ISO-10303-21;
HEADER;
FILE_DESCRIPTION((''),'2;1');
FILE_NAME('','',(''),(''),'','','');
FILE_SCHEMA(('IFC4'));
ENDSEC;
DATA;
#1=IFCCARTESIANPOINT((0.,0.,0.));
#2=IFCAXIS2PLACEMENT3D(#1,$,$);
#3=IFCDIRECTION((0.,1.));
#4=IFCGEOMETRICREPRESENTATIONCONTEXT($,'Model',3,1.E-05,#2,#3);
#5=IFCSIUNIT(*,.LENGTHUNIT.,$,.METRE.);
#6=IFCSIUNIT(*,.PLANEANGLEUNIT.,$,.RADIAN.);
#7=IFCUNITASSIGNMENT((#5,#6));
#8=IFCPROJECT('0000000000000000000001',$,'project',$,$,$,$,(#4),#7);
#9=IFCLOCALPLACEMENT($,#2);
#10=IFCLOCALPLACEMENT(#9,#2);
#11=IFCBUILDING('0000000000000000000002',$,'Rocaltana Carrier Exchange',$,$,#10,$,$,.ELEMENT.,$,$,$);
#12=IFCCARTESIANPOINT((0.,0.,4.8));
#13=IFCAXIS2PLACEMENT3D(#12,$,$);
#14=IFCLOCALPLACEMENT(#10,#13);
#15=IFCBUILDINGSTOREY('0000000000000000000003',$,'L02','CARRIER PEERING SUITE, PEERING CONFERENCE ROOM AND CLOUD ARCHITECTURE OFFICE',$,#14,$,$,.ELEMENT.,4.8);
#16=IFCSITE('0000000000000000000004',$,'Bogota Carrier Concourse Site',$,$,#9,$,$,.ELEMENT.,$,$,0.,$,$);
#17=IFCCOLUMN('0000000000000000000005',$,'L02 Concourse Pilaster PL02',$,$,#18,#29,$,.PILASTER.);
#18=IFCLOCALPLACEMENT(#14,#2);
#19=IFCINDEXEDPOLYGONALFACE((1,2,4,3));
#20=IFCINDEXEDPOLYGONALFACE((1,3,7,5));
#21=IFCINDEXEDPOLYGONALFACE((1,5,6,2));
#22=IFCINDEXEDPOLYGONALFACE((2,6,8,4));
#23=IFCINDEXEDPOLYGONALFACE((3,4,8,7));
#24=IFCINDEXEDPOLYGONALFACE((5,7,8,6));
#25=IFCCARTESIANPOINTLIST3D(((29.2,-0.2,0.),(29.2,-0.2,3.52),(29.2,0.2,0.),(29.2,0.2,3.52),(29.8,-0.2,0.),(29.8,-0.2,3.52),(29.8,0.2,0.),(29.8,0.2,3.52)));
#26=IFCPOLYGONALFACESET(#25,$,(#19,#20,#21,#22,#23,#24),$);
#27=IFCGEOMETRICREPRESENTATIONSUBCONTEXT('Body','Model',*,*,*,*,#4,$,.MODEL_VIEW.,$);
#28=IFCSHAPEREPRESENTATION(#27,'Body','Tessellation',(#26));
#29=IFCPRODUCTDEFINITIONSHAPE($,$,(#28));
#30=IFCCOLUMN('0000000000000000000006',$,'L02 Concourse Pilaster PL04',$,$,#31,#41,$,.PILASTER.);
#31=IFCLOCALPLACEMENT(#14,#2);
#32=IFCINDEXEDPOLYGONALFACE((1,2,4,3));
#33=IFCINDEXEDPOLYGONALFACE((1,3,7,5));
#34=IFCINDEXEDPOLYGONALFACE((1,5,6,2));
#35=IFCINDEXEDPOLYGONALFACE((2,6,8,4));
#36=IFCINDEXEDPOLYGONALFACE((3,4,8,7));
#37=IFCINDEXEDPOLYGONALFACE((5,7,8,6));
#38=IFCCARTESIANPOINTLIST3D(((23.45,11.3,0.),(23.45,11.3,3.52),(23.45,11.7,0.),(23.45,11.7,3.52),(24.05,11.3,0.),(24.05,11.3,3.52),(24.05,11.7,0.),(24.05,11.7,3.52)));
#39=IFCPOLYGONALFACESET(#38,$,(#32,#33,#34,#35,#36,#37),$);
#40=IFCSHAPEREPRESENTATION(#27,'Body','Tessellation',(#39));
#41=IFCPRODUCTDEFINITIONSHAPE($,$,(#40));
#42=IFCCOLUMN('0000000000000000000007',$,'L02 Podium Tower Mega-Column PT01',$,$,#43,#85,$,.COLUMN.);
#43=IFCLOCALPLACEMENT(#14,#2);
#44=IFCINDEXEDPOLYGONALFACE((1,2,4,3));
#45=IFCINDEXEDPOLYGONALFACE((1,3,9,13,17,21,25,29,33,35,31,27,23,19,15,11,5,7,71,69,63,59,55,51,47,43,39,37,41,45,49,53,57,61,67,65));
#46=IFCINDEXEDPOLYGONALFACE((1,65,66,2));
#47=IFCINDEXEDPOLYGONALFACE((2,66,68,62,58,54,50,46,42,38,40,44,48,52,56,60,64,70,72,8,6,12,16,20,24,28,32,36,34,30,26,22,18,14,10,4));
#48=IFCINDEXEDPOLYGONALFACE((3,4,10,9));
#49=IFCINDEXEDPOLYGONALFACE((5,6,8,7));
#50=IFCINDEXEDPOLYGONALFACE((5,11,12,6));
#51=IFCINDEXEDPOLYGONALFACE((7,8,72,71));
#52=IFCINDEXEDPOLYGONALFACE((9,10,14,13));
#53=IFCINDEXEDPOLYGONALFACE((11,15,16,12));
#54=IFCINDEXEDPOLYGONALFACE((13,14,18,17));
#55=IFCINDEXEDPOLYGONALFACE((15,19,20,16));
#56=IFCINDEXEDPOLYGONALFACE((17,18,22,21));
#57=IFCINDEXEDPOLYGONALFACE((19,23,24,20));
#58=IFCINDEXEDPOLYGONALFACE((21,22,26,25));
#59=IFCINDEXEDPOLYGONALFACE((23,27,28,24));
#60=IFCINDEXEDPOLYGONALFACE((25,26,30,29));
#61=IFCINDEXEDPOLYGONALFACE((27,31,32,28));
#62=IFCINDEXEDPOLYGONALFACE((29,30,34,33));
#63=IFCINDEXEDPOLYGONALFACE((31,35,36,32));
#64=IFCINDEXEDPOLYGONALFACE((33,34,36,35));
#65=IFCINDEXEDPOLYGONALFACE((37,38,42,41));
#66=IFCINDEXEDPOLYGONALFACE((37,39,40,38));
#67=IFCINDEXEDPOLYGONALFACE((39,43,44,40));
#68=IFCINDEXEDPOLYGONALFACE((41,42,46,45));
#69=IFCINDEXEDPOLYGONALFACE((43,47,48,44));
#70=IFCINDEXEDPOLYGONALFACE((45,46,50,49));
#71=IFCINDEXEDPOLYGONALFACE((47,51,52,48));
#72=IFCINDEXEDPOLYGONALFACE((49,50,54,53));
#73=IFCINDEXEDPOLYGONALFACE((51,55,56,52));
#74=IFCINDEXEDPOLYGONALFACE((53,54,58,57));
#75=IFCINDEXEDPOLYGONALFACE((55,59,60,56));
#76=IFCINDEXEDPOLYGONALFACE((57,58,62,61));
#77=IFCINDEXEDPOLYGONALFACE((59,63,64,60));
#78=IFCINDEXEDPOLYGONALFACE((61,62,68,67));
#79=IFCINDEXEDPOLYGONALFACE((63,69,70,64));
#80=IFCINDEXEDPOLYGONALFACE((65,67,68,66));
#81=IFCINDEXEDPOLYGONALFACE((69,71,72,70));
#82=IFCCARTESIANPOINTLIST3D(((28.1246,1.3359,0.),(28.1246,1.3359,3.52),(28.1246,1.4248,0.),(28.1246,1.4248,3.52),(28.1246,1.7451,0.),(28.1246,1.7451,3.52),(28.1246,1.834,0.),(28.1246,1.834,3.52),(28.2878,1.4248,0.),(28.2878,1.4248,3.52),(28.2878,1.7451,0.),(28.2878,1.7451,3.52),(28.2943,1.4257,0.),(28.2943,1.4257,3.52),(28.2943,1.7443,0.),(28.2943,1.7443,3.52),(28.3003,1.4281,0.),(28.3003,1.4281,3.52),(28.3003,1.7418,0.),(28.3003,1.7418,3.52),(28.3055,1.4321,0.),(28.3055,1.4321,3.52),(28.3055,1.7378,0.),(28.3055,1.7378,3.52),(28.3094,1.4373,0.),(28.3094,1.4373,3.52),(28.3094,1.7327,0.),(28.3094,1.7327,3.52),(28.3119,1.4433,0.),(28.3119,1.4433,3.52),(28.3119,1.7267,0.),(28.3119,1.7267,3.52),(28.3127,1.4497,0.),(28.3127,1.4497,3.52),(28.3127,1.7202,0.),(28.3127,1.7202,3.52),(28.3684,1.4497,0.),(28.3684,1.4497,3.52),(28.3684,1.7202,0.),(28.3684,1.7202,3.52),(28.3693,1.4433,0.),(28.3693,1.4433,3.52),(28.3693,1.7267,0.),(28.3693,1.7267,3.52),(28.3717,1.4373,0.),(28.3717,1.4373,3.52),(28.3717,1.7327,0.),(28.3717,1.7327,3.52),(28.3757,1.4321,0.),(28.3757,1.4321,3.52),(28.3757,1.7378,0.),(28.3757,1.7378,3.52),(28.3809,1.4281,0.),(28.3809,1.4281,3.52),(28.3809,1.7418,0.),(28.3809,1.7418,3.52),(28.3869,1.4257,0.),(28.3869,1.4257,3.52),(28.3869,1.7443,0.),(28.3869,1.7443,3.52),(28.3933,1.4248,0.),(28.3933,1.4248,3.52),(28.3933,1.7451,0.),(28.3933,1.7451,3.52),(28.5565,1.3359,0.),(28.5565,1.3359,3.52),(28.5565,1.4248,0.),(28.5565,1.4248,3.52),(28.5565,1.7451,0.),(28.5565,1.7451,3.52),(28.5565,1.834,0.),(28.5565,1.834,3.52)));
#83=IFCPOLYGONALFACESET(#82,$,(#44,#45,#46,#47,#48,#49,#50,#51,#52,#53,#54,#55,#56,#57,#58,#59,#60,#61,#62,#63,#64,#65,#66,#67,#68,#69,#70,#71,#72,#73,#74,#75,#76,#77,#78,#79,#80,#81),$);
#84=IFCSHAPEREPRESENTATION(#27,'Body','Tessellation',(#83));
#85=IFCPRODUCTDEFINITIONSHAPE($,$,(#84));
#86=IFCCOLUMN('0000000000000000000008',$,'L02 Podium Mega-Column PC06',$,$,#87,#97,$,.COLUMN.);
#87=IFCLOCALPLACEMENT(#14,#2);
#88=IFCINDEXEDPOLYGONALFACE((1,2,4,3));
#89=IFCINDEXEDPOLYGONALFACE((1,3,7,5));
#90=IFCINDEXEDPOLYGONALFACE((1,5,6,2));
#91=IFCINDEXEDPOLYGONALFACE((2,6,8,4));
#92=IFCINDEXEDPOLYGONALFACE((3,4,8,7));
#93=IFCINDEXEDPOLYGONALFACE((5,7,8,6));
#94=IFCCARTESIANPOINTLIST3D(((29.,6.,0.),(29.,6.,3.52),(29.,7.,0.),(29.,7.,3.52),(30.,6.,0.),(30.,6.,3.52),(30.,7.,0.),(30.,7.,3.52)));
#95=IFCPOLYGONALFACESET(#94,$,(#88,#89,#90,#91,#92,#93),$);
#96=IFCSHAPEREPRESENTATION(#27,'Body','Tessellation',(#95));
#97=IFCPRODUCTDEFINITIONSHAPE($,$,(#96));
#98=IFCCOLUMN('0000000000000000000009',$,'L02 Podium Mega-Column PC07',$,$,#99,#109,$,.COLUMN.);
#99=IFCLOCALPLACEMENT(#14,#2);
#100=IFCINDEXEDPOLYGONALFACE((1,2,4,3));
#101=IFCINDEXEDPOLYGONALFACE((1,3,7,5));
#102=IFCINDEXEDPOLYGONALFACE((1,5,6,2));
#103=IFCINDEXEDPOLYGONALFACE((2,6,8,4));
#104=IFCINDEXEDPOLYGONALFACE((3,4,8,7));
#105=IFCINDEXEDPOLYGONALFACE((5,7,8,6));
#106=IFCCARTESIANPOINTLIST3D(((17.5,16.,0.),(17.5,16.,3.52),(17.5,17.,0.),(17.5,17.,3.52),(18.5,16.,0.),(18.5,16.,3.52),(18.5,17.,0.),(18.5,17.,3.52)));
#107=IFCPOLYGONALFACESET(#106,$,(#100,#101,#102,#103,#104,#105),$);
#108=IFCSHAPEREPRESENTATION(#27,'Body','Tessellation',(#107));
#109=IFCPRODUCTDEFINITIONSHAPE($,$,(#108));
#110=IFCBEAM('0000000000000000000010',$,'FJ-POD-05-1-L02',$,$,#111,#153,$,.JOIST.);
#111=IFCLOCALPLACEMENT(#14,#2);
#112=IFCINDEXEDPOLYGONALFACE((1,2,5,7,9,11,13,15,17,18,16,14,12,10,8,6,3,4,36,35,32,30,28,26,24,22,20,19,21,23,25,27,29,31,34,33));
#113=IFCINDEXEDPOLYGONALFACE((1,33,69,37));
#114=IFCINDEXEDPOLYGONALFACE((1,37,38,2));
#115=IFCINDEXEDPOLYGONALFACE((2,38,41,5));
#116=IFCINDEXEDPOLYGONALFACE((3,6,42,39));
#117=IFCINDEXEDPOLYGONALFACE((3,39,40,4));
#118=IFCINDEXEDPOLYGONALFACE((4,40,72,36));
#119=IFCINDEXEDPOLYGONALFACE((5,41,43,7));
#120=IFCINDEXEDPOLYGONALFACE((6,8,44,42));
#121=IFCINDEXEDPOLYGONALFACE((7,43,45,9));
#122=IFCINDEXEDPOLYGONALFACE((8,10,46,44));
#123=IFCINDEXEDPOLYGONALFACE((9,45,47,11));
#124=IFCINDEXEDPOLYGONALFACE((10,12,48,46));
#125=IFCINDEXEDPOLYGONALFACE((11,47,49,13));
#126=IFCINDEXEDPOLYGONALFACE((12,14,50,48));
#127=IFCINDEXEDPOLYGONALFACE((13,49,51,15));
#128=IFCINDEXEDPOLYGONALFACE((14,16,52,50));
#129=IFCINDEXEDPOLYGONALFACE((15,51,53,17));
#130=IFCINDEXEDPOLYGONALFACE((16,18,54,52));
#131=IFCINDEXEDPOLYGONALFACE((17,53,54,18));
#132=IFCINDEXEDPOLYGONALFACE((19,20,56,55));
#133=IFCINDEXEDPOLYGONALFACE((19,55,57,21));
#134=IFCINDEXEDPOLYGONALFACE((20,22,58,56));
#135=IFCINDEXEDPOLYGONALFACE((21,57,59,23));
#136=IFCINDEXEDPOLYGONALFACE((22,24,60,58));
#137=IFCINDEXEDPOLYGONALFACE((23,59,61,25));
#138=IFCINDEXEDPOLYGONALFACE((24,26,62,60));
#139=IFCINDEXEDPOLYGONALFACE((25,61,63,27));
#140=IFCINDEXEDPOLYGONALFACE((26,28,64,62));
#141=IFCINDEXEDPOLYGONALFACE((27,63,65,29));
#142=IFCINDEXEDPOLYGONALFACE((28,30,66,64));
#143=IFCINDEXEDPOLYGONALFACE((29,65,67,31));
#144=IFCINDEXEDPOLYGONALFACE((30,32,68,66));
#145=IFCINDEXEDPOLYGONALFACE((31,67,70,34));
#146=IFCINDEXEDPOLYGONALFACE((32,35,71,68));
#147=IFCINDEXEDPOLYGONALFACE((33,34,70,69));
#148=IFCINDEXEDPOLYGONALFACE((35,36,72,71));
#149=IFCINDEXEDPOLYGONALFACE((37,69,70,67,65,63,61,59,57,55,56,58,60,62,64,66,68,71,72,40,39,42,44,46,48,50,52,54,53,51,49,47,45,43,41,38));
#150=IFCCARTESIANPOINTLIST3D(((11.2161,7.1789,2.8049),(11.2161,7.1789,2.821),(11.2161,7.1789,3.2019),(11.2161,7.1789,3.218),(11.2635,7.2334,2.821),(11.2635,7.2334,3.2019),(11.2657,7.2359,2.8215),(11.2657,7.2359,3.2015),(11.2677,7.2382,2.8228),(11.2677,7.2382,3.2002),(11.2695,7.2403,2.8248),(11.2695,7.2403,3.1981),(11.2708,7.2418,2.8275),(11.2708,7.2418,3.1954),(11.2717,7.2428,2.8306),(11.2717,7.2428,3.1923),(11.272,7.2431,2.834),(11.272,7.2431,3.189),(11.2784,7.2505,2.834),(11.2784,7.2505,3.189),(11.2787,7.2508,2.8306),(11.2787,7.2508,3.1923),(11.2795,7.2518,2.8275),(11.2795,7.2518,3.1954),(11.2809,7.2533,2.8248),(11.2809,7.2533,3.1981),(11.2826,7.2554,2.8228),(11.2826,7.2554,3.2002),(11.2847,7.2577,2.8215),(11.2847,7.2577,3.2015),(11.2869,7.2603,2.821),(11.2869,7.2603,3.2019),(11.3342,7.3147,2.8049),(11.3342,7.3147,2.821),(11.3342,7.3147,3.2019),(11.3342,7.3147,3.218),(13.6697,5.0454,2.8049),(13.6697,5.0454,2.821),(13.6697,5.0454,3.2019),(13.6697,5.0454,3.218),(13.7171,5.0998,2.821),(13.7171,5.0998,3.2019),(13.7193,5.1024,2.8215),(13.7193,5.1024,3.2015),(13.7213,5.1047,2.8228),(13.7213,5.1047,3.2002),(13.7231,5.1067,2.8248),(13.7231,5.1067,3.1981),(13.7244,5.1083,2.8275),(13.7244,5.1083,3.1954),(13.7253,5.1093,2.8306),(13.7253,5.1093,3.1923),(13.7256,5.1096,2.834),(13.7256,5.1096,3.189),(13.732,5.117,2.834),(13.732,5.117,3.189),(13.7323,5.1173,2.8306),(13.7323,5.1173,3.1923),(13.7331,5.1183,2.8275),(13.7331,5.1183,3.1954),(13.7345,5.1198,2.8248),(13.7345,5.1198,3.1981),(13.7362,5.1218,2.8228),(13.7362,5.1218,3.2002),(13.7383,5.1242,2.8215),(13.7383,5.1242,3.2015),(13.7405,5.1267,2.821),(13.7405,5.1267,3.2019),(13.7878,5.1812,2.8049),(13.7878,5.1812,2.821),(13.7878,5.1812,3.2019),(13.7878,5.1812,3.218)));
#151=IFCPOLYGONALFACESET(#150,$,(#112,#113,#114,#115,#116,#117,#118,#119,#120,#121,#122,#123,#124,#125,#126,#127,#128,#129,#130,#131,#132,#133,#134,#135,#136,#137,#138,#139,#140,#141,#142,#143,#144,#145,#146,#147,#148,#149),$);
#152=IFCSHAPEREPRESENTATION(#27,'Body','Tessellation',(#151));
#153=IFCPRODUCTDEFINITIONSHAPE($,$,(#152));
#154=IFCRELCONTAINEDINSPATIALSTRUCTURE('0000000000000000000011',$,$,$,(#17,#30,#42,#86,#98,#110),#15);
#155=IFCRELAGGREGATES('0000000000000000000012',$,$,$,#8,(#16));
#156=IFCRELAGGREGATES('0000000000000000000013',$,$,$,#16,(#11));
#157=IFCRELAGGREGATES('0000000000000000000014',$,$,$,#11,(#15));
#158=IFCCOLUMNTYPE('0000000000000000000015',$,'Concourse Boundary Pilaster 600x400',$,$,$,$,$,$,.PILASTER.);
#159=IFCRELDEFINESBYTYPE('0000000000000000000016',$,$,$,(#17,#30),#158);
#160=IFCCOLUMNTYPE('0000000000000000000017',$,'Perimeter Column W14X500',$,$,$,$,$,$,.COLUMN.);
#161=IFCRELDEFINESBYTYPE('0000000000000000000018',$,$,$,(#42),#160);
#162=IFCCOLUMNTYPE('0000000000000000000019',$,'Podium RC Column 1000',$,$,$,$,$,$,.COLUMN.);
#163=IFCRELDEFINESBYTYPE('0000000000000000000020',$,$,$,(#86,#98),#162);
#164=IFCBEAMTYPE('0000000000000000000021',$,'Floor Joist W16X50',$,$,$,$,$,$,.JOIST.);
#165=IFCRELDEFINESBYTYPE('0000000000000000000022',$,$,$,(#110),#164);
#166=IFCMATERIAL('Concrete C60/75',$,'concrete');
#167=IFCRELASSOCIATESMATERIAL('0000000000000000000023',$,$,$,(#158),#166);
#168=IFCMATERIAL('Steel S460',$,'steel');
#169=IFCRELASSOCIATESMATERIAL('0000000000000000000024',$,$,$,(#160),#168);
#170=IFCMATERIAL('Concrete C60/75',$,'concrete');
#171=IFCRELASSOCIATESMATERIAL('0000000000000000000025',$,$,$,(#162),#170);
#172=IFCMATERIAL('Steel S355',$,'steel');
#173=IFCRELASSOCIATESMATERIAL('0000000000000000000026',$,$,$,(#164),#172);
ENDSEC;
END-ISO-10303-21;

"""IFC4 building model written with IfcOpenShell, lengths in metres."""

from ifc_helpers import new_model, si_unit, direction, frame, origin, origin_2d, place, context, subcontext, project, spatial, rectangle, i_section, extrude, material, material_profile, profile_set, type_object, element, save


model = new_model("IFC4")

# Units and contexts
model_context = context("Model", 3, precision=1e-05, world=origin(), true_north=direction((0.0, 1.0)))
body_context = subcontext(model_context, "Body", "Model", "MODEL_VIEW")
ifc_project = project(units=[si_unit("LENGTHUNIT", "METRE"), si_unit("PLANEANGLEUNIT", "RADIAN")], contexts=[model_context])

# Site, building, storey
site_placement = place(None, origin())
site = spatial("IfcSite", under=ifc_project, at=site_placement, Name="Bogota Carrier Concourse Site", CompositionType="ELEMENT", RefElevation=0.0)
building_placement = place(site_placement, origin())
building = spatial("IfcBuilding", under=site, at=building_placement, Name="Rocaltana Carrier Exchange", CompositionType="ELEMENT")
storey_placement = place(building_placement, frame((0.0, 0.0, 4.8)))
storey = spatial("IfcBuildingStorey", under=building, at=storey_placement, Name="L02", Description="CARRIER PEERING SUITE, PEERING CONFERENCE ROOM AND CLOUD ARCHITECTURE OFFICE", CompositionType="ELEMENT", Elevation=4.8)

# Columns
ifc_material_1 = material(Name="Concrete C60/75", Category="concrete")
ifc_material_profile_1 = material_profile(ifc_material_1, rectangle(XDim=0.6001, YDim=0.3999, at=origin_2d()), Name="RC-PIL-600X400")
ifc_profile_set_1 = profile_set([ifc_material_profile_1], Name="Concrete C60/75")
column_type_1 = type_object("IfcColumnType", Name="Concourse Boundary Pilaster 600x400", PredefinedType="PILASTER", material=ifc_profile_set_1)
for number, where, z_axis, x_axis, name in (
    (1, (29.5, 0.0, 0.0), (0.0, 0.0, 1.0), (1.0, 0.0, 0.0), "L02 Concourse Pilaster PL02"),
    (2, (23.75, 11.5, 0.0), (0.0, 0.0, 1.0), (1.0, 0.0, 0.0), "L02 Concourse Pilaster PL04"),
):
    element("IfcColumn", number, at=place(storey_placement, frame(where, z_axis=z_axis, x_axis=x_axis)), inside=storey, type_object=column_type_1, Name=name, PredefinedType="PILASTER", context=body_context, shape_type="SweptSolid", body=[
        extrude(rectangle(XDim=0.6001, YDim=0.3999, at=origin_2d()), origin(), (0.0, 0.0, 1.0), 3.52),
    ])
ifc_material_2 = material(Name="Steel S460", Category="steel")
ifc_material_profile_2 = material_profile(ifc_material_2, i_section(OverallWidth=0.4319, OverallDepth=0.498, WebThickness=0.0557, FlangeThickness=0.0889, FilletRadius=0.0249, at=origin_2d()), Name="W14X500")
ifc_profile_set_2 = profile_set([ifc_material_profile_2], Name="Steel S460")
column_type_2 = type_object("IfcColumnType", Name="Perimeter Column W14X500", PredefinedType="COLUMN", material=ifc_profile_set_2)
column_placement = place(storey_placement, frame((28.3406, 1.585, 0.0), z_axis=(0.0, 0.0, 1.0), x_axis=(1.0, 0.0, 0.0)))
element("IfcColumn", 3, at=column_placement, inside=storey, type_object=column_type_2, Name="L02 Podium Tower Mega-Column PT01", PredefinedType="COLUMN", context=body_context, shape_type="SweptSolid", body=[
    extrude(i_section(OverallWidth=0.4319, OverallDepth=0.498, WebThickness=0.0557, FlangeThickness=0.0889, FilletRadius=0.0249, at=origin_2d()), origin(), (0.0, 0.0, 1.0), 3.52),
])
ifc_material_3 = material(Name="Concrete C60/75", Category="concrete")
ifc_material_profile_3 = material_profile(ifc_material_3, rectangle(XDim=1.0, YDim=1.0, at=origin_2d()), Name="RC-COL-1000X1000")
ifc_profile_set_3 = profile_set([ifc_material_profile_3], Name="Concrete C60/75")
column_type_3 = type_object("IfcColumnType", Name="Podium RC Column 1000", PredefinedType="COLUMN", material=ifc_profile_set_3)
for number, where, z_axis, x_axis, name in (
    (4, (29.5, 6.5, 0.0), (0.0, 0.0, 1.0), (1.0, 0.0, 0.0), "L02 Podium Mega-Column PC06"),
    (5, (18.0, 16.5, 0.0), (0.0, 0.0, 1.0), (1.0, 0.0, 0.0), "L02 Podium Mega-Column PC07"),
):
    element("IfcColumn", number, at=place(storey_placement, frame(where, z_axis=z_axis, x_axis=x_axis)), inside=storey, type_object=column_type_3, Name=name, PredefinedType="COLUMN", context=body_context, shape_type="SweptSolid", body=[
        extrude(rectangle(XDim=1.0, YDim=1.0, at=origin_2d()), origin(), (0.0, 0.0, 1.0), 3.52),
    ])

# Beam
ifc_material_4 = material(Name="Steel S355", Category="steel")
ifc_material_profile_4 = material_profile(ifc_material_4, i_section(OverallWidth=0.1799, OverallDepth=0.4131, WebThickness=0.0098, FlangeThickness=0.0161, FilletRadius=0.0129, at=origin_2d()), Name="W16X50")
ifc_profile_set_4 = profile_set([ifc_material_profile_4], Name="Steel S355")
beam_type_1 = type_object("IfcBeamType", Name="Floor Joist W16X50", PredefinedType="JOIST", material=ifc_profile_set_4)
beam_1_placement = place(storey_placement, frame((13.7288, 5.1133, 3.0115), z_axis=(-0.75461, 0.656173, 0.0), x_axis=(-0.656173, -0.75461, 0.0)))
element("IfcBeam", 6, at=beam_1_placement, inside=storey, type_object=beam_type_1, Name="FJ-POD-05-1-L02", PredefinedType="JOIST", context=body_context, shape_type="SweptSolid", body=[
    extrude(i_section(OverallWidth=0.1799, OverallDepth=0.4131, WebThickness=0.0098, FlangeThickness=0.0161, FilletRadius=0.0129, at=origin_2d()), origin(), (0.0, 0.0, 1.0), 3.2515),
])

save(model, "model.ifc")
